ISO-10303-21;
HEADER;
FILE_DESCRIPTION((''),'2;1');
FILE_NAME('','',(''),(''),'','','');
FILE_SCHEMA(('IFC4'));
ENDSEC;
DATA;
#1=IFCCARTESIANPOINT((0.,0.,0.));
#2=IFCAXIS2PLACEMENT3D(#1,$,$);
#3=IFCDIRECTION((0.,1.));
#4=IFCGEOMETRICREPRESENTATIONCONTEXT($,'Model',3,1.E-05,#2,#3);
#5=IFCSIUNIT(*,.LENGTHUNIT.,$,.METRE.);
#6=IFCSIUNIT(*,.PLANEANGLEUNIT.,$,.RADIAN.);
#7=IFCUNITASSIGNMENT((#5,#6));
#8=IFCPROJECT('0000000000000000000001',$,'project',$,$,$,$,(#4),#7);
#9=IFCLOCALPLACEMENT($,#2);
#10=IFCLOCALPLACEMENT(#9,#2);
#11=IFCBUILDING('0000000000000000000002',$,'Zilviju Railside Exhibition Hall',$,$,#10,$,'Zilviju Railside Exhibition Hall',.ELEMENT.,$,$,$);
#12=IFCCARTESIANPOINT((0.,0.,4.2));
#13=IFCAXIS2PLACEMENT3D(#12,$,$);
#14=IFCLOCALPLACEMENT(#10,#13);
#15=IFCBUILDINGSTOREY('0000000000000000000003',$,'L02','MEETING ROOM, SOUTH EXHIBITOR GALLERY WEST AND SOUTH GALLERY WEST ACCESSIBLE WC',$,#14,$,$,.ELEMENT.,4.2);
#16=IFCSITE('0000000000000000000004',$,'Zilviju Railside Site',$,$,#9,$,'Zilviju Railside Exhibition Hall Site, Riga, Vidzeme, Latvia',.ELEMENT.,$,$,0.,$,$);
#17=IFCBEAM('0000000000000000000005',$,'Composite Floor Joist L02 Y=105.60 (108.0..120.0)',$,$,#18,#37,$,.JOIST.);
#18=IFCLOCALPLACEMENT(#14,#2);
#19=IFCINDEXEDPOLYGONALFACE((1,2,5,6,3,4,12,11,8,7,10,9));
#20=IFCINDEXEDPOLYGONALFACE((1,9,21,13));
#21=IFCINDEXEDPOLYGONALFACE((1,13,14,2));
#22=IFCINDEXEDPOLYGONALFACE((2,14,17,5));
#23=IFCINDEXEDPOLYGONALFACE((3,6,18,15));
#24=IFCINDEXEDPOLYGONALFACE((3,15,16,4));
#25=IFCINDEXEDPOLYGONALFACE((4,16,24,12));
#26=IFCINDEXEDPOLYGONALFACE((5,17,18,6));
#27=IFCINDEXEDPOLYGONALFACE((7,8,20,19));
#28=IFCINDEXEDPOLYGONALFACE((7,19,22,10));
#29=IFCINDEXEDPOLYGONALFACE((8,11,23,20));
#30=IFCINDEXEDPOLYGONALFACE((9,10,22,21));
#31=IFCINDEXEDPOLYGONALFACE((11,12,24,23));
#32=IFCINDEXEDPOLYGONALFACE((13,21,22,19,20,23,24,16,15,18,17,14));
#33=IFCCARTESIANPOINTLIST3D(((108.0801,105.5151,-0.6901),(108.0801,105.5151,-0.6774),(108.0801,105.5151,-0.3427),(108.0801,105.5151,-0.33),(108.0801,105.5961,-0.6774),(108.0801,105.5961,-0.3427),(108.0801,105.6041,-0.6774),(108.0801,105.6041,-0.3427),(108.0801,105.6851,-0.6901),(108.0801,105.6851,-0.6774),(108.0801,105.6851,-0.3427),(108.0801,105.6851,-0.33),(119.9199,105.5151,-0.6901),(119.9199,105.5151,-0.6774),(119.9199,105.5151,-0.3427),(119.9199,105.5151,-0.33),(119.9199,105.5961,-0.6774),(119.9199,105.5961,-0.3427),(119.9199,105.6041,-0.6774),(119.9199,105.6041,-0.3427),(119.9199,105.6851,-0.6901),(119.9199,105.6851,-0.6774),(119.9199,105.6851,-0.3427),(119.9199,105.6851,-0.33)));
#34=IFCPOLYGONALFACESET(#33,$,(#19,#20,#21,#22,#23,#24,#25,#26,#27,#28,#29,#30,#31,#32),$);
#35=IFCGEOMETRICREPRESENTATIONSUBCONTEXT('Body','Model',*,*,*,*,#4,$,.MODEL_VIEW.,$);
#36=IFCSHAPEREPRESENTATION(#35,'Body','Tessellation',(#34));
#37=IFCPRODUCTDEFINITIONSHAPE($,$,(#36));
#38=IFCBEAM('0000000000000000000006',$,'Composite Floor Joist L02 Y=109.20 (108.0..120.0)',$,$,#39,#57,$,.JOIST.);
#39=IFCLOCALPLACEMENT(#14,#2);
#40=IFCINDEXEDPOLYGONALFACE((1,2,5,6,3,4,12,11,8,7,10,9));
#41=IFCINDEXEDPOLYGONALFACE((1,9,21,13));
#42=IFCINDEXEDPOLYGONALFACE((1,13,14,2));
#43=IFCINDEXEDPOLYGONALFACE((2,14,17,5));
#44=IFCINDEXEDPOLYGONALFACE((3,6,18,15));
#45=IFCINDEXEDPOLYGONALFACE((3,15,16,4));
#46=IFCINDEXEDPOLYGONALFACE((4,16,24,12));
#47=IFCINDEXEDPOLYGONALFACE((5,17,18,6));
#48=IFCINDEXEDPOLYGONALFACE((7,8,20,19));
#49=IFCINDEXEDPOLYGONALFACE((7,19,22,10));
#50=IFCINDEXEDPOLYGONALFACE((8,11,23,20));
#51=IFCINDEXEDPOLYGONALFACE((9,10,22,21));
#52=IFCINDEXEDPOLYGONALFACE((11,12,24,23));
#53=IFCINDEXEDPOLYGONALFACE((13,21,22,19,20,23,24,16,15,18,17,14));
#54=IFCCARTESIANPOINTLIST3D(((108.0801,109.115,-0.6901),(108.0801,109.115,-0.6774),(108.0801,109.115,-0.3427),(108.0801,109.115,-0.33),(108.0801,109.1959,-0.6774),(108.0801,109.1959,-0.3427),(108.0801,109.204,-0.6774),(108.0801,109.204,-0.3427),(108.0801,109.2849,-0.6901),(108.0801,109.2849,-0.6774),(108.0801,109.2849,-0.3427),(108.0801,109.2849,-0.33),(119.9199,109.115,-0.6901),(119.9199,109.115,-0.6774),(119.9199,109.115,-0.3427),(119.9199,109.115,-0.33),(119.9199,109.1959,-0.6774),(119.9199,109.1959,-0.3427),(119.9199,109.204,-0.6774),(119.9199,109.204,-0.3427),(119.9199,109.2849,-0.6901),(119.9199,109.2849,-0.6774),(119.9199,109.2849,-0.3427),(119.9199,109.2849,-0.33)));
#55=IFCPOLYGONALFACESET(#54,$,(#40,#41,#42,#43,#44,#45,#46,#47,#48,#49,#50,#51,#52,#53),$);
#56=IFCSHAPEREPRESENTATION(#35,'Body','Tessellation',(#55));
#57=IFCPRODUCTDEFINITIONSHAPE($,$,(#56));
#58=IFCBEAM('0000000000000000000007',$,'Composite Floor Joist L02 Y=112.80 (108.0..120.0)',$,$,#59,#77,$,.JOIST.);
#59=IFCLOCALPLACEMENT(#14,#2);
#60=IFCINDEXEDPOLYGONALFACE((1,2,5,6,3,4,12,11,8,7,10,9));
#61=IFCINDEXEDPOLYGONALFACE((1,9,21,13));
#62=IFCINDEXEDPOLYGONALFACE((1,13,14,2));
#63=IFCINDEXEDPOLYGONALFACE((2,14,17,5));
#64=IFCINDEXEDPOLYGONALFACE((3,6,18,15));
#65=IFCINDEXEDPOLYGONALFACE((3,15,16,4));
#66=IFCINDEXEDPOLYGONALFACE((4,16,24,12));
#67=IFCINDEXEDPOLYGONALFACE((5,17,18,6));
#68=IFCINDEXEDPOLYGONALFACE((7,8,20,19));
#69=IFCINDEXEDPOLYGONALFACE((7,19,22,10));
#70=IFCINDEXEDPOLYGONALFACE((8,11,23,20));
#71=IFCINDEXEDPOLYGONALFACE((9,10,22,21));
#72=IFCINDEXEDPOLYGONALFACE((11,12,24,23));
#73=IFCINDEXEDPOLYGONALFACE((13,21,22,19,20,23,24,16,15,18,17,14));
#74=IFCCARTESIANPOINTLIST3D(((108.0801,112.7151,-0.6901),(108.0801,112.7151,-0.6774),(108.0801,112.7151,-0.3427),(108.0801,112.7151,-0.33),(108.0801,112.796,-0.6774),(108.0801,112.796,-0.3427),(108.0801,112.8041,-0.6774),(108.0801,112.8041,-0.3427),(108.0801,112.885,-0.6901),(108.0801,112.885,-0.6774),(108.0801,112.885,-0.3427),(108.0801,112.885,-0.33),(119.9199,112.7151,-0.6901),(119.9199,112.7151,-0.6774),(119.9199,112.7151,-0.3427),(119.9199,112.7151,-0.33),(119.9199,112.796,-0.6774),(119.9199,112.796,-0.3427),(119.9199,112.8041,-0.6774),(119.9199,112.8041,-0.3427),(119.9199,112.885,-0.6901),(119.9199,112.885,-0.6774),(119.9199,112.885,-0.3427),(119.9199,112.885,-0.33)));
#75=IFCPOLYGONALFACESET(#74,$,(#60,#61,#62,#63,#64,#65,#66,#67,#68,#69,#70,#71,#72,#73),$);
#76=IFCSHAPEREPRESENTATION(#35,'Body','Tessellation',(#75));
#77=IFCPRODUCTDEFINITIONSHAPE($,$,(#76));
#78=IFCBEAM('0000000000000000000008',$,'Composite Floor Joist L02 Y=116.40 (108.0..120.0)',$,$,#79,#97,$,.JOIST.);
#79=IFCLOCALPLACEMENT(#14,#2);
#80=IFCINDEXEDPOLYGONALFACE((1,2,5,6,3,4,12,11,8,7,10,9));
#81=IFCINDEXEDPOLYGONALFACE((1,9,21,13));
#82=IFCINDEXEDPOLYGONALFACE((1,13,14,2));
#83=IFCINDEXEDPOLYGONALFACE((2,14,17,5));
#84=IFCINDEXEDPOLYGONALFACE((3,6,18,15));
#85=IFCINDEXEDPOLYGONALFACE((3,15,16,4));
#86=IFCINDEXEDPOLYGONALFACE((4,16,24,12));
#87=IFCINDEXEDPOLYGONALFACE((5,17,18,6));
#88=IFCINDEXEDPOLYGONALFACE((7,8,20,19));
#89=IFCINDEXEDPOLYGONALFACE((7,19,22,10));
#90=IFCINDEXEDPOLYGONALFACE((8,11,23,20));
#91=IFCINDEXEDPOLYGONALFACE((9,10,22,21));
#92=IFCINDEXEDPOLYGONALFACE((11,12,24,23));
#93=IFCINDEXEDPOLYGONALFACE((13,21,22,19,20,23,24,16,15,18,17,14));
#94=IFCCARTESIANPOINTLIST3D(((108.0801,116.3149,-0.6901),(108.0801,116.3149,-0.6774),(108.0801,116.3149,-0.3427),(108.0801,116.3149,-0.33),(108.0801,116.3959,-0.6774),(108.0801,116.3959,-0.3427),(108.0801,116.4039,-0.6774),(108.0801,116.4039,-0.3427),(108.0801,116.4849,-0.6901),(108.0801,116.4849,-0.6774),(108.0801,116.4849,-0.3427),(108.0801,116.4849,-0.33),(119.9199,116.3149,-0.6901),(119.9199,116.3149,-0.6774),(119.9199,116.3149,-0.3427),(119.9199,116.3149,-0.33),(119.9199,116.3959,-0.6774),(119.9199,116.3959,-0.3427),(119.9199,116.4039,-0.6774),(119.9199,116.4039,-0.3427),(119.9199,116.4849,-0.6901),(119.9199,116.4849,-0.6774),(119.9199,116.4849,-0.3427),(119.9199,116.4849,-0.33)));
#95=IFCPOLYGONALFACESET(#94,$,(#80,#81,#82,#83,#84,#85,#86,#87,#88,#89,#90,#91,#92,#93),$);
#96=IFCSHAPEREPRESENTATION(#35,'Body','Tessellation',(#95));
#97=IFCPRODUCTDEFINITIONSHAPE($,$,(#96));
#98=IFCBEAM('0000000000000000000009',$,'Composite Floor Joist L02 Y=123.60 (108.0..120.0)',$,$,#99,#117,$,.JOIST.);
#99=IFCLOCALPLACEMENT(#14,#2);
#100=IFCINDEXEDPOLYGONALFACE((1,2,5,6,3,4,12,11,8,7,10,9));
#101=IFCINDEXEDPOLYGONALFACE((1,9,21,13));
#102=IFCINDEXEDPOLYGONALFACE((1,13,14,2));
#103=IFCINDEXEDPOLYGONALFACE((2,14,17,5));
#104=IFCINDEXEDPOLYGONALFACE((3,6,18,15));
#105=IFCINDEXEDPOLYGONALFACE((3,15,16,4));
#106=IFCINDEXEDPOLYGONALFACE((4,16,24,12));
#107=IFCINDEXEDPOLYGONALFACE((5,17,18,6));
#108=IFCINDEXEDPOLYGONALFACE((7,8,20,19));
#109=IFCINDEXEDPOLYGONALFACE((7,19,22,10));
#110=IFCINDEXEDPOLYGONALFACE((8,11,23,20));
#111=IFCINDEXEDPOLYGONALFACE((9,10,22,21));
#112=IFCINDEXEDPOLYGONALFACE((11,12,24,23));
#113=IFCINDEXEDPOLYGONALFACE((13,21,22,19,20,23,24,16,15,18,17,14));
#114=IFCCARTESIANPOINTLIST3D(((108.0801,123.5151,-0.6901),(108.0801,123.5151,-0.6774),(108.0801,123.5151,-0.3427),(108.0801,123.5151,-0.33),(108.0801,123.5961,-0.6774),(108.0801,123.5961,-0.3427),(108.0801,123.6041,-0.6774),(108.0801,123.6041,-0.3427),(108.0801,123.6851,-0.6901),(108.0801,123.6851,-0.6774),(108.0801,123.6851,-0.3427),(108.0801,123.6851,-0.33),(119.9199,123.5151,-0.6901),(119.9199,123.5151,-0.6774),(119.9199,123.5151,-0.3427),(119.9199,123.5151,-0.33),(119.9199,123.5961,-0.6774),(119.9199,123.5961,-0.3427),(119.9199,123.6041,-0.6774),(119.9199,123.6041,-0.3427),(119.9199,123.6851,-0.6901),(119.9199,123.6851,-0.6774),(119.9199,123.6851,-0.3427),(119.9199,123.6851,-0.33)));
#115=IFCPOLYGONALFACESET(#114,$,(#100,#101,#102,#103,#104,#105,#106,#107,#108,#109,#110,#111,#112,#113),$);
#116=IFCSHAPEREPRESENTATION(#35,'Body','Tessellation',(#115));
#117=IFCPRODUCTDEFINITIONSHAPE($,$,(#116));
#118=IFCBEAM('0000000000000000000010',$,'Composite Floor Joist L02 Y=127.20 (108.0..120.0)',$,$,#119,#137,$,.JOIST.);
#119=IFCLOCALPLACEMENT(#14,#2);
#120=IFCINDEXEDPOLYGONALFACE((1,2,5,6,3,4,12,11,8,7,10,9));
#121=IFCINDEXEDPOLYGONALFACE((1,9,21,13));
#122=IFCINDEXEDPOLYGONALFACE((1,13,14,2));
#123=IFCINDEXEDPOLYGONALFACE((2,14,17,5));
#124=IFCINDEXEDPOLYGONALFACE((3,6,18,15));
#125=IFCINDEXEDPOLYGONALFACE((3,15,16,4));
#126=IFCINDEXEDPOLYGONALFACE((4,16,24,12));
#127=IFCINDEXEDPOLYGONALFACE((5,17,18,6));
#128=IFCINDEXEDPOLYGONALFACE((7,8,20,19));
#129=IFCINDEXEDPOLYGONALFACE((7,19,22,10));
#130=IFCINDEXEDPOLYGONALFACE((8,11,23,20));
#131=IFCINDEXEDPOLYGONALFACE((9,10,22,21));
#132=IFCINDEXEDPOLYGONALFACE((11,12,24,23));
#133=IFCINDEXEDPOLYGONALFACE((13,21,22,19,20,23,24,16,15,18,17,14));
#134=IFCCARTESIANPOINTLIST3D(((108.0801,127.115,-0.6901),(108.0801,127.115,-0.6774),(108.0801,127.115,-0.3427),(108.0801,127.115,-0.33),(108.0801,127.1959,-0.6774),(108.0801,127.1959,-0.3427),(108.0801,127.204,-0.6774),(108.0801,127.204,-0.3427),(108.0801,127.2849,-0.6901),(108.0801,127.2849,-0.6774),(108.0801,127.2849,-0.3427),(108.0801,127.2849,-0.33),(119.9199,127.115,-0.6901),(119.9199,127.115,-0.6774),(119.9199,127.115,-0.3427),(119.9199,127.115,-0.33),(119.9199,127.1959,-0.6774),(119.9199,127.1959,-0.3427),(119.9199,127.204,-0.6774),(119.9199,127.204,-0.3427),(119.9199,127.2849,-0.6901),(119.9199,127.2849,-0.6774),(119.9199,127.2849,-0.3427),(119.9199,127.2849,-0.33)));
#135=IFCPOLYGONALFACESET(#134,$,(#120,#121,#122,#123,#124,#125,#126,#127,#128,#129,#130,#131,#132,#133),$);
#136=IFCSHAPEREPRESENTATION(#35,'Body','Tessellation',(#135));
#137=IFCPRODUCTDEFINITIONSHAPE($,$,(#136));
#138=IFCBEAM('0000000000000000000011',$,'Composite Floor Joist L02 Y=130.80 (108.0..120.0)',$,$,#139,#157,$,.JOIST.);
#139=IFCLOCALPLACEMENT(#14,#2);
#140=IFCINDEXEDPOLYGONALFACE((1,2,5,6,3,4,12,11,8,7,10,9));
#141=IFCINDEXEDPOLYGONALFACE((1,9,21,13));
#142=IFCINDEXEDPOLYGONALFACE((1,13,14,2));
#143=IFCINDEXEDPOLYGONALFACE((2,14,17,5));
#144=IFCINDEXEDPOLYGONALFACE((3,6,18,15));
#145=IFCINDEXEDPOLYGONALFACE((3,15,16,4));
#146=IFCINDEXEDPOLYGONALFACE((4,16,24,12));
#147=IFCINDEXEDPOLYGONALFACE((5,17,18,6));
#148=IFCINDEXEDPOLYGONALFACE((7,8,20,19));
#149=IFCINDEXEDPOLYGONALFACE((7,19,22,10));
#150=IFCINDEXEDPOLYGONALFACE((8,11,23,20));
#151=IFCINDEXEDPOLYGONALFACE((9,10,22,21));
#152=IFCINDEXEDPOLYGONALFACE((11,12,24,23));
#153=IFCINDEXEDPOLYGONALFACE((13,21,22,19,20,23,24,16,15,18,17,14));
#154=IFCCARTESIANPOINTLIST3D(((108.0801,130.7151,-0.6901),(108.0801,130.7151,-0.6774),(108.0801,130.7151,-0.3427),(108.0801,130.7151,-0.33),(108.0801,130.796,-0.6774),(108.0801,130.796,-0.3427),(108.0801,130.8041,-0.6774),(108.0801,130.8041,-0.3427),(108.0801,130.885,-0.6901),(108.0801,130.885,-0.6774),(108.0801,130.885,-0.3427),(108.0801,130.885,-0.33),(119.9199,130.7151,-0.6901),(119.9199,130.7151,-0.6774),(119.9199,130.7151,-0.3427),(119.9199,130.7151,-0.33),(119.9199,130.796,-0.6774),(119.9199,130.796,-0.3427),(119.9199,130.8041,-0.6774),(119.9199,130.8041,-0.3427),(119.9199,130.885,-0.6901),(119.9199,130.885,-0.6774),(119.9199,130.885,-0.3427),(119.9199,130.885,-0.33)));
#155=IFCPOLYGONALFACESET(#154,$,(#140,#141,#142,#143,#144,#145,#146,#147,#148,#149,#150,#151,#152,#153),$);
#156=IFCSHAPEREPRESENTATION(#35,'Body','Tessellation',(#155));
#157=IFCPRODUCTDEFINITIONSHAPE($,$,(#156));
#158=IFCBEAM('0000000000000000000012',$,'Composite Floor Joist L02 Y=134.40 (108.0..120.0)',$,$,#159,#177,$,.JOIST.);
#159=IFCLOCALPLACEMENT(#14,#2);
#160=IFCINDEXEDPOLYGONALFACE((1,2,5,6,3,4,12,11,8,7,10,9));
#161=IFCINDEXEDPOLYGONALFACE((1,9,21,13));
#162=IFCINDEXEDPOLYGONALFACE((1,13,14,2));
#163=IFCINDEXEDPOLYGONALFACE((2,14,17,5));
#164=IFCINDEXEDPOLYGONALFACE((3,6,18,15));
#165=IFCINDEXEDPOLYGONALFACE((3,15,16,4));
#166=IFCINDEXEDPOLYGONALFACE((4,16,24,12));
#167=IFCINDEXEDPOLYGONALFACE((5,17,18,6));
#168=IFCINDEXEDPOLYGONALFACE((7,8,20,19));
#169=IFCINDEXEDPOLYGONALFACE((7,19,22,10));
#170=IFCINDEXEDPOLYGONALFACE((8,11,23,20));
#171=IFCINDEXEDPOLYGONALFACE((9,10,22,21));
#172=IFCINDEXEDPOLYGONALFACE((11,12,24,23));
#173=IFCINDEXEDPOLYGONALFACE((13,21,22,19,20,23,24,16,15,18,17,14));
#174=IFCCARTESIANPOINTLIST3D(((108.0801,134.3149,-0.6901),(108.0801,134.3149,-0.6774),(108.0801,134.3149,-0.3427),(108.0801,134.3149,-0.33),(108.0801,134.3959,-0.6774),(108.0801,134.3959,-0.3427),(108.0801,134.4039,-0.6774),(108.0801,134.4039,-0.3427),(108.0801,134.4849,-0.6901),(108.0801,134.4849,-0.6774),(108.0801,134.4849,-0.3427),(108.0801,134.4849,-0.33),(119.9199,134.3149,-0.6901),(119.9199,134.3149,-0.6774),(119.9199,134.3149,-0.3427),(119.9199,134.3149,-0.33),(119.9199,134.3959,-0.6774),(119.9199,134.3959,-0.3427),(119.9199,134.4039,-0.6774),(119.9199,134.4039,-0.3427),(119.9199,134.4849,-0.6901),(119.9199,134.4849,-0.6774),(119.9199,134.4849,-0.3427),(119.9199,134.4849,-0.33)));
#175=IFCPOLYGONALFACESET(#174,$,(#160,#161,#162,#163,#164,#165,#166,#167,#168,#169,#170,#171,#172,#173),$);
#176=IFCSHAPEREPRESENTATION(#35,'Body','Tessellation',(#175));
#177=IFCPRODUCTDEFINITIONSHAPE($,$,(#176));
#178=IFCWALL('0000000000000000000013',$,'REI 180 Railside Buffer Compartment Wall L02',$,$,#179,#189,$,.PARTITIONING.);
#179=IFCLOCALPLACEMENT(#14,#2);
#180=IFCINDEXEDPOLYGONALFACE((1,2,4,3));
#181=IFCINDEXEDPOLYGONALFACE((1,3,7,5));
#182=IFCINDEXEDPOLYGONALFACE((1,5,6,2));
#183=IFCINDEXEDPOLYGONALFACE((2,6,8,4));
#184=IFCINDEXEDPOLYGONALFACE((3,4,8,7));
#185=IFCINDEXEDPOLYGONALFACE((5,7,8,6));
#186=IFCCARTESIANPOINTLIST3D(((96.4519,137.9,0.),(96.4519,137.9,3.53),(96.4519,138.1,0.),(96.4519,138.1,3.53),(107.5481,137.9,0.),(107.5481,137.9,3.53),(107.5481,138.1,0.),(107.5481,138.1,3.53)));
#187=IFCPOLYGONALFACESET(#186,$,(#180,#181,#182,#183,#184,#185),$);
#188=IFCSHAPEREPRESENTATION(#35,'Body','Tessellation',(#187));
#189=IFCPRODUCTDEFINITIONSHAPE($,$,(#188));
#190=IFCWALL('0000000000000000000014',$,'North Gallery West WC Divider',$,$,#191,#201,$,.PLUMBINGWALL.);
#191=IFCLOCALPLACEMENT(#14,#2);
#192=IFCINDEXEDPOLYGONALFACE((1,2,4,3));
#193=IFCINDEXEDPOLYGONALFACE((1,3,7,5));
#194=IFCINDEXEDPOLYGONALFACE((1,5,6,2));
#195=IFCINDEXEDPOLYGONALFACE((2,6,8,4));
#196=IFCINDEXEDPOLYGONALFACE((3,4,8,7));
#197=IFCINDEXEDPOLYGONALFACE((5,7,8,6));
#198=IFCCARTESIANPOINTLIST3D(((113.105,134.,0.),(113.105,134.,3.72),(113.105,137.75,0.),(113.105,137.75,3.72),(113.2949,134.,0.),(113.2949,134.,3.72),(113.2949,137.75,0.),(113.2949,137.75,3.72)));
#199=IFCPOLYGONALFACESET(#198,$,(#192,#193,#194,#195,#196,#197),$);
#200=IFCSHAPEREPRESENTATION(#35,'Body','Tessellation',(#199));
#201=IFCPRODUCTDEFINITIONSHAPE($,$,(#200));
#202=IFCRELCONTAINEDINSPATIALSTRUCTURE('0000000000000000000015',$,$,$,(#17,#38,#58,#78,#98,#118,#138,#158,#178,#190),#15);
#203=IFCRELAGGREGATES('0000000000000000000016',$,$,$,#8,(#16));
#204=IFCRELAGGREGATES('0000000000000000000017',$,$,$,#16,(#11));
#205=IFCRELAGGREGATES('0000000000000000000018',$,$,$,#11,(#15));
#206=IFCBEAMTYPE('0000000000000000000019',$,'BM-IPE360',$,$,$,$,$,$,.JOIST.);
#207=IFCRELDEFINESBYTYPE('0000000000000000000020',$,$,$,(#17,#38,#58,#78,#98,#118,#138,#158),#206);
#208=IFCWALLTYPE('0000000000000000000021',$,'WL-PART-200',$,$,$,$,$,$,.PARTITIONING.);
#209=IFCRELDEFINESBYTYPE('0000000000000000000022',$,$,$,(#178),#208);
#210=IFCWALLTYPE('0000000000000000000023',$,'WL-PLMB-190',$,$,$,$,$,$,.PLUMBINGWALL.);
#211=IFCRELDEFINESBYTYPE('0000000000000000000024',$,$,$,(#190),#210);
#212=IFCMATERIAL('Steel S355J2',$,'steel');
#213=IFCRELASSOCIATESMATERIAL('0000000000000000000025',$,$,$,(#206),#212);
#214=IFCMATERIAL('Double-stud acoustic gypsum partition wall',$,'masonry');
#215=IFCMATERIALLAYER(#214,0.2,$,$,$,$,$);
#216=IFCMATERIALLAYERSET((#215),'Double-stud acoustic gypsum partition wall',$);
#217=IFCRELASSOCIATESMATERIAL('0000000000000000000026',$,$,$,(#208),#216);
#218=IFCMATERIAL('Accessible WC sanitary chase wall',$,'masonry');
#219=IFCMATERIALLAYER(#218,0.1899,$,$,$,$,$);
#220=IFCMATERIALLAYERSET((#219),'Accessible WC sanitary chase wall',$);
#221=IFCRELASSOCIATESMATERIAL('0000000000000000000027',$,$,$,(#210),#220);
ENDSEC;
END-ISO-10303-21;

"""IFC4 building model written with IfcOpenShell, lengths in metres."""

from ifc_helpers import new_model, si_unit, direction, frame, frame_2d, origin, origin_2d, place, context, subcontext, project, spatial, rectangle, i_section, extrude, material, layer, layer_set, material_profile, profile_set, type_object, element, save


model = new_model("IFC4")

# Units and contexts
model_context = context("Model", 3, precision=1e-05, world=origin(), true_north=direction((0.0, 1.0)))
body_context = subcontext(model_context, "Body", "Model", "MODEL_VIEW")
ifc_project = project(units=[si_unit("LENGTHUNIT", "METRE"), si_unit("PLANEANGLEUNIT", "RADIAN")], contexts=[model_context])

# Site, building, storey
site_placement = place(None, origin())
site = spatial("IfcSite", under=ifc_project, at=site_placement, Name="Zilviju Railside Site", LongName="Zilviju Railside Exhibition Hall Site, Riga, Vidzeme, Latvia", CompositionType="ELEMENT", RefElevation=0.0)
building_placement = place(site_placement, origin())
building = spatial("IfcBuilding", under=site, at=building_placement, Name="Zilviju Railside Exhibition Hall", LongName="Zilviju Railside Exhibition Hall", CompositionType="ELEMENT")
storey_placement = place(building_placement, frame((0.0, 0.0, 4.2)))
storey = spatial("IfcBuildingStorey", under=building, at=storey_placement, Name="L02", Description="MEETING ROOM, SOUTH EXHIBITOR GALLERY WEST AND SOUTH GALLERY WEST ACCESSIBLE WC", CompositionType="ELEMENT", Elevation=4.2)

# Beams
ifc_material_1 = material(Name="Steel S355J2", Category="steel")
ifc_material_profile_1 = material_profile(ifc_material_1, i_section(OverallWidth=0.1699, OverallDepth=0.3601, WebThickness=0.0081, FlangeThickness=0.0127, at=origin_2d()), Name="IPE 360")
ifc_profile_set_1 = profile_set([ifc_material_profile_1], Name="Steel S355J2")
beam_type_1 = type_object("IfcBeamType", Name="BM-IPE360", PredefinedType="JOIST", material=ifc_profile_set_1)
for number, where, z_axis, x_axis, name in (
    (1, (108.0801, 105.6001, -0.51), (1.0, 0.0, 0.0), (0.0, 1.0, 0.0), "Composite Floor Joist L02 Y=105.60 (108.0..120.0)"),
    (2, (108.0801, 109.2, -0.51), (1.0, 0.0, 0.0), (0.0, 1.0, 0.0), "Composite Floor Joist L02 Y=109.20 (108.0..120.0)"),
    (3, (108.0801, 112.8, -0.51), (1.0, 0.0, 0.0), (0.0, 1.0, 0.0), "Composite Floor Joist L02 Y=112.80 (108.0..120.0)"),
    (4, (108.0801, 116.3999, -0.51), (1.0, 0.0, 0.0), (0.0, 1.0, 0.0), "Composite Floor Joist L02 Y=116.40 (108.0..120.0)"),
    (5, (108.0801, 123.6001, -0.51), (1.0, 0.0, 0.0), (0.0, 1.0, 0.0), "Composite Floor Joist L02 Y=123.60 (108.0..120.0)"),
    (6, (108.0801, 127.2, -0.51), (1.0, 0.0, 0.0), (0.0, 1.0, 0.0), "Composite Floor Joist L02 Y=127.20 (108.0..120.0)"),
    (7, (108.0801, 130.8, -0.51), (1.0, 0.0, 0.0), (0.0, 1.0, 0.0), "Composite Floor Joist L02 Y=130.80 (108.0..120.0)"),
    (8, (108.0801, 134.3999, -0.51), (1.0, 0.0, 0.0), (0.0, 1.0, 0.0), "Composite Floor Joist L02 Y=134.40 (108.0..120.0)"),
):
    element("IfcBeam", number, at=place(storey_placement, frame(where, z_axis=z_axis, x_axis=x_axis)), inside=storey, type_object=beam_type_1, Name=name, PredefinedType="JOIST", context=body_context, shape_type="SweptSolid", body=[
        extrude(i_section(OverallWidth=0.1699, OverallDepth=0.3601, WebThickness=0.0081, FlangeThickness=0.0127, at=origin_2d()), origin(), (0.0, 0.0, 1.0), 11.8398),
    ])

# Walls
ifc_material_2 = material(Name="Double-stud acoustic gypsum partition wall", Category="masonry")
ifc_layer_1 = layer(ifc_material_2, 0.2)
ifc_layer_set_1 = layer_set([ifc_layer_1], Name="Double-stud acoustic gypsum partition wall")
wall_type_1 = type_object("IfcWallType", Name="WL-PART-200", PredefinedType="PARTITIONING", material=ifc_layer_set_1)
wall_1_placement = place(storey_placement, frame((96.4519, 138.0, 0.0), z_axis=(0.0, 0.0, 1.0), x_axis=(1.0, 0.0, 0.0)))
element("IfcWall", 9, at=wall_1_placement, inside=storey, type_object=wall_type_1, Name="REI 180 Railside Buffer Compartment Wall L02", PredefinedType="PARTITIONING", context=body_context, shape_type="SweptSolid", body=[
    extrude(rectangle(XDim=11.0962, YDim=0.2, at=frame_2d((5.5481, 0.0))), origin(), (0.0, 0.0, 1.0), 3.53),
])
ifc_material_3 = material(Name="Accessible WC sanitary chase wall", Category="masonry")
ifc_layer_2 = layer(ifc_material_3, 0.1899)
ifc_layer_set_2 = layer_set([ifc_layer_2], Name="Accessible WC sanitary chase wall")
wall_type_2 = type_object("IfcWallType", Name="WL-PLMB-190", PredefinedType="PLUMBINGWALL", material=ifc_layer_set_2)
wall_2_placement = place(storey_placement, frame((113.2, 134.0, 0.0), z_axis=(0.0, 0.0, 1.0), x_axis=(0.0, 1.0, 0.0)))
element("IfcWall", 10, at=wall_2_placement, inside=storey, type_object=wall_type_2, Name="North Gallery West WC Divider", PredefinedType="PLUMBINGWALL", context=body_context, shape_type="SweptSolid", body=[
    extrude(rectangle(XDim=3.75, YDim=0.1899, at=frame_2d((1.875, 0.0))), origin(), (0.0, 0.0, 1.0), 3.72),
])

save(model, "model.ifc")
